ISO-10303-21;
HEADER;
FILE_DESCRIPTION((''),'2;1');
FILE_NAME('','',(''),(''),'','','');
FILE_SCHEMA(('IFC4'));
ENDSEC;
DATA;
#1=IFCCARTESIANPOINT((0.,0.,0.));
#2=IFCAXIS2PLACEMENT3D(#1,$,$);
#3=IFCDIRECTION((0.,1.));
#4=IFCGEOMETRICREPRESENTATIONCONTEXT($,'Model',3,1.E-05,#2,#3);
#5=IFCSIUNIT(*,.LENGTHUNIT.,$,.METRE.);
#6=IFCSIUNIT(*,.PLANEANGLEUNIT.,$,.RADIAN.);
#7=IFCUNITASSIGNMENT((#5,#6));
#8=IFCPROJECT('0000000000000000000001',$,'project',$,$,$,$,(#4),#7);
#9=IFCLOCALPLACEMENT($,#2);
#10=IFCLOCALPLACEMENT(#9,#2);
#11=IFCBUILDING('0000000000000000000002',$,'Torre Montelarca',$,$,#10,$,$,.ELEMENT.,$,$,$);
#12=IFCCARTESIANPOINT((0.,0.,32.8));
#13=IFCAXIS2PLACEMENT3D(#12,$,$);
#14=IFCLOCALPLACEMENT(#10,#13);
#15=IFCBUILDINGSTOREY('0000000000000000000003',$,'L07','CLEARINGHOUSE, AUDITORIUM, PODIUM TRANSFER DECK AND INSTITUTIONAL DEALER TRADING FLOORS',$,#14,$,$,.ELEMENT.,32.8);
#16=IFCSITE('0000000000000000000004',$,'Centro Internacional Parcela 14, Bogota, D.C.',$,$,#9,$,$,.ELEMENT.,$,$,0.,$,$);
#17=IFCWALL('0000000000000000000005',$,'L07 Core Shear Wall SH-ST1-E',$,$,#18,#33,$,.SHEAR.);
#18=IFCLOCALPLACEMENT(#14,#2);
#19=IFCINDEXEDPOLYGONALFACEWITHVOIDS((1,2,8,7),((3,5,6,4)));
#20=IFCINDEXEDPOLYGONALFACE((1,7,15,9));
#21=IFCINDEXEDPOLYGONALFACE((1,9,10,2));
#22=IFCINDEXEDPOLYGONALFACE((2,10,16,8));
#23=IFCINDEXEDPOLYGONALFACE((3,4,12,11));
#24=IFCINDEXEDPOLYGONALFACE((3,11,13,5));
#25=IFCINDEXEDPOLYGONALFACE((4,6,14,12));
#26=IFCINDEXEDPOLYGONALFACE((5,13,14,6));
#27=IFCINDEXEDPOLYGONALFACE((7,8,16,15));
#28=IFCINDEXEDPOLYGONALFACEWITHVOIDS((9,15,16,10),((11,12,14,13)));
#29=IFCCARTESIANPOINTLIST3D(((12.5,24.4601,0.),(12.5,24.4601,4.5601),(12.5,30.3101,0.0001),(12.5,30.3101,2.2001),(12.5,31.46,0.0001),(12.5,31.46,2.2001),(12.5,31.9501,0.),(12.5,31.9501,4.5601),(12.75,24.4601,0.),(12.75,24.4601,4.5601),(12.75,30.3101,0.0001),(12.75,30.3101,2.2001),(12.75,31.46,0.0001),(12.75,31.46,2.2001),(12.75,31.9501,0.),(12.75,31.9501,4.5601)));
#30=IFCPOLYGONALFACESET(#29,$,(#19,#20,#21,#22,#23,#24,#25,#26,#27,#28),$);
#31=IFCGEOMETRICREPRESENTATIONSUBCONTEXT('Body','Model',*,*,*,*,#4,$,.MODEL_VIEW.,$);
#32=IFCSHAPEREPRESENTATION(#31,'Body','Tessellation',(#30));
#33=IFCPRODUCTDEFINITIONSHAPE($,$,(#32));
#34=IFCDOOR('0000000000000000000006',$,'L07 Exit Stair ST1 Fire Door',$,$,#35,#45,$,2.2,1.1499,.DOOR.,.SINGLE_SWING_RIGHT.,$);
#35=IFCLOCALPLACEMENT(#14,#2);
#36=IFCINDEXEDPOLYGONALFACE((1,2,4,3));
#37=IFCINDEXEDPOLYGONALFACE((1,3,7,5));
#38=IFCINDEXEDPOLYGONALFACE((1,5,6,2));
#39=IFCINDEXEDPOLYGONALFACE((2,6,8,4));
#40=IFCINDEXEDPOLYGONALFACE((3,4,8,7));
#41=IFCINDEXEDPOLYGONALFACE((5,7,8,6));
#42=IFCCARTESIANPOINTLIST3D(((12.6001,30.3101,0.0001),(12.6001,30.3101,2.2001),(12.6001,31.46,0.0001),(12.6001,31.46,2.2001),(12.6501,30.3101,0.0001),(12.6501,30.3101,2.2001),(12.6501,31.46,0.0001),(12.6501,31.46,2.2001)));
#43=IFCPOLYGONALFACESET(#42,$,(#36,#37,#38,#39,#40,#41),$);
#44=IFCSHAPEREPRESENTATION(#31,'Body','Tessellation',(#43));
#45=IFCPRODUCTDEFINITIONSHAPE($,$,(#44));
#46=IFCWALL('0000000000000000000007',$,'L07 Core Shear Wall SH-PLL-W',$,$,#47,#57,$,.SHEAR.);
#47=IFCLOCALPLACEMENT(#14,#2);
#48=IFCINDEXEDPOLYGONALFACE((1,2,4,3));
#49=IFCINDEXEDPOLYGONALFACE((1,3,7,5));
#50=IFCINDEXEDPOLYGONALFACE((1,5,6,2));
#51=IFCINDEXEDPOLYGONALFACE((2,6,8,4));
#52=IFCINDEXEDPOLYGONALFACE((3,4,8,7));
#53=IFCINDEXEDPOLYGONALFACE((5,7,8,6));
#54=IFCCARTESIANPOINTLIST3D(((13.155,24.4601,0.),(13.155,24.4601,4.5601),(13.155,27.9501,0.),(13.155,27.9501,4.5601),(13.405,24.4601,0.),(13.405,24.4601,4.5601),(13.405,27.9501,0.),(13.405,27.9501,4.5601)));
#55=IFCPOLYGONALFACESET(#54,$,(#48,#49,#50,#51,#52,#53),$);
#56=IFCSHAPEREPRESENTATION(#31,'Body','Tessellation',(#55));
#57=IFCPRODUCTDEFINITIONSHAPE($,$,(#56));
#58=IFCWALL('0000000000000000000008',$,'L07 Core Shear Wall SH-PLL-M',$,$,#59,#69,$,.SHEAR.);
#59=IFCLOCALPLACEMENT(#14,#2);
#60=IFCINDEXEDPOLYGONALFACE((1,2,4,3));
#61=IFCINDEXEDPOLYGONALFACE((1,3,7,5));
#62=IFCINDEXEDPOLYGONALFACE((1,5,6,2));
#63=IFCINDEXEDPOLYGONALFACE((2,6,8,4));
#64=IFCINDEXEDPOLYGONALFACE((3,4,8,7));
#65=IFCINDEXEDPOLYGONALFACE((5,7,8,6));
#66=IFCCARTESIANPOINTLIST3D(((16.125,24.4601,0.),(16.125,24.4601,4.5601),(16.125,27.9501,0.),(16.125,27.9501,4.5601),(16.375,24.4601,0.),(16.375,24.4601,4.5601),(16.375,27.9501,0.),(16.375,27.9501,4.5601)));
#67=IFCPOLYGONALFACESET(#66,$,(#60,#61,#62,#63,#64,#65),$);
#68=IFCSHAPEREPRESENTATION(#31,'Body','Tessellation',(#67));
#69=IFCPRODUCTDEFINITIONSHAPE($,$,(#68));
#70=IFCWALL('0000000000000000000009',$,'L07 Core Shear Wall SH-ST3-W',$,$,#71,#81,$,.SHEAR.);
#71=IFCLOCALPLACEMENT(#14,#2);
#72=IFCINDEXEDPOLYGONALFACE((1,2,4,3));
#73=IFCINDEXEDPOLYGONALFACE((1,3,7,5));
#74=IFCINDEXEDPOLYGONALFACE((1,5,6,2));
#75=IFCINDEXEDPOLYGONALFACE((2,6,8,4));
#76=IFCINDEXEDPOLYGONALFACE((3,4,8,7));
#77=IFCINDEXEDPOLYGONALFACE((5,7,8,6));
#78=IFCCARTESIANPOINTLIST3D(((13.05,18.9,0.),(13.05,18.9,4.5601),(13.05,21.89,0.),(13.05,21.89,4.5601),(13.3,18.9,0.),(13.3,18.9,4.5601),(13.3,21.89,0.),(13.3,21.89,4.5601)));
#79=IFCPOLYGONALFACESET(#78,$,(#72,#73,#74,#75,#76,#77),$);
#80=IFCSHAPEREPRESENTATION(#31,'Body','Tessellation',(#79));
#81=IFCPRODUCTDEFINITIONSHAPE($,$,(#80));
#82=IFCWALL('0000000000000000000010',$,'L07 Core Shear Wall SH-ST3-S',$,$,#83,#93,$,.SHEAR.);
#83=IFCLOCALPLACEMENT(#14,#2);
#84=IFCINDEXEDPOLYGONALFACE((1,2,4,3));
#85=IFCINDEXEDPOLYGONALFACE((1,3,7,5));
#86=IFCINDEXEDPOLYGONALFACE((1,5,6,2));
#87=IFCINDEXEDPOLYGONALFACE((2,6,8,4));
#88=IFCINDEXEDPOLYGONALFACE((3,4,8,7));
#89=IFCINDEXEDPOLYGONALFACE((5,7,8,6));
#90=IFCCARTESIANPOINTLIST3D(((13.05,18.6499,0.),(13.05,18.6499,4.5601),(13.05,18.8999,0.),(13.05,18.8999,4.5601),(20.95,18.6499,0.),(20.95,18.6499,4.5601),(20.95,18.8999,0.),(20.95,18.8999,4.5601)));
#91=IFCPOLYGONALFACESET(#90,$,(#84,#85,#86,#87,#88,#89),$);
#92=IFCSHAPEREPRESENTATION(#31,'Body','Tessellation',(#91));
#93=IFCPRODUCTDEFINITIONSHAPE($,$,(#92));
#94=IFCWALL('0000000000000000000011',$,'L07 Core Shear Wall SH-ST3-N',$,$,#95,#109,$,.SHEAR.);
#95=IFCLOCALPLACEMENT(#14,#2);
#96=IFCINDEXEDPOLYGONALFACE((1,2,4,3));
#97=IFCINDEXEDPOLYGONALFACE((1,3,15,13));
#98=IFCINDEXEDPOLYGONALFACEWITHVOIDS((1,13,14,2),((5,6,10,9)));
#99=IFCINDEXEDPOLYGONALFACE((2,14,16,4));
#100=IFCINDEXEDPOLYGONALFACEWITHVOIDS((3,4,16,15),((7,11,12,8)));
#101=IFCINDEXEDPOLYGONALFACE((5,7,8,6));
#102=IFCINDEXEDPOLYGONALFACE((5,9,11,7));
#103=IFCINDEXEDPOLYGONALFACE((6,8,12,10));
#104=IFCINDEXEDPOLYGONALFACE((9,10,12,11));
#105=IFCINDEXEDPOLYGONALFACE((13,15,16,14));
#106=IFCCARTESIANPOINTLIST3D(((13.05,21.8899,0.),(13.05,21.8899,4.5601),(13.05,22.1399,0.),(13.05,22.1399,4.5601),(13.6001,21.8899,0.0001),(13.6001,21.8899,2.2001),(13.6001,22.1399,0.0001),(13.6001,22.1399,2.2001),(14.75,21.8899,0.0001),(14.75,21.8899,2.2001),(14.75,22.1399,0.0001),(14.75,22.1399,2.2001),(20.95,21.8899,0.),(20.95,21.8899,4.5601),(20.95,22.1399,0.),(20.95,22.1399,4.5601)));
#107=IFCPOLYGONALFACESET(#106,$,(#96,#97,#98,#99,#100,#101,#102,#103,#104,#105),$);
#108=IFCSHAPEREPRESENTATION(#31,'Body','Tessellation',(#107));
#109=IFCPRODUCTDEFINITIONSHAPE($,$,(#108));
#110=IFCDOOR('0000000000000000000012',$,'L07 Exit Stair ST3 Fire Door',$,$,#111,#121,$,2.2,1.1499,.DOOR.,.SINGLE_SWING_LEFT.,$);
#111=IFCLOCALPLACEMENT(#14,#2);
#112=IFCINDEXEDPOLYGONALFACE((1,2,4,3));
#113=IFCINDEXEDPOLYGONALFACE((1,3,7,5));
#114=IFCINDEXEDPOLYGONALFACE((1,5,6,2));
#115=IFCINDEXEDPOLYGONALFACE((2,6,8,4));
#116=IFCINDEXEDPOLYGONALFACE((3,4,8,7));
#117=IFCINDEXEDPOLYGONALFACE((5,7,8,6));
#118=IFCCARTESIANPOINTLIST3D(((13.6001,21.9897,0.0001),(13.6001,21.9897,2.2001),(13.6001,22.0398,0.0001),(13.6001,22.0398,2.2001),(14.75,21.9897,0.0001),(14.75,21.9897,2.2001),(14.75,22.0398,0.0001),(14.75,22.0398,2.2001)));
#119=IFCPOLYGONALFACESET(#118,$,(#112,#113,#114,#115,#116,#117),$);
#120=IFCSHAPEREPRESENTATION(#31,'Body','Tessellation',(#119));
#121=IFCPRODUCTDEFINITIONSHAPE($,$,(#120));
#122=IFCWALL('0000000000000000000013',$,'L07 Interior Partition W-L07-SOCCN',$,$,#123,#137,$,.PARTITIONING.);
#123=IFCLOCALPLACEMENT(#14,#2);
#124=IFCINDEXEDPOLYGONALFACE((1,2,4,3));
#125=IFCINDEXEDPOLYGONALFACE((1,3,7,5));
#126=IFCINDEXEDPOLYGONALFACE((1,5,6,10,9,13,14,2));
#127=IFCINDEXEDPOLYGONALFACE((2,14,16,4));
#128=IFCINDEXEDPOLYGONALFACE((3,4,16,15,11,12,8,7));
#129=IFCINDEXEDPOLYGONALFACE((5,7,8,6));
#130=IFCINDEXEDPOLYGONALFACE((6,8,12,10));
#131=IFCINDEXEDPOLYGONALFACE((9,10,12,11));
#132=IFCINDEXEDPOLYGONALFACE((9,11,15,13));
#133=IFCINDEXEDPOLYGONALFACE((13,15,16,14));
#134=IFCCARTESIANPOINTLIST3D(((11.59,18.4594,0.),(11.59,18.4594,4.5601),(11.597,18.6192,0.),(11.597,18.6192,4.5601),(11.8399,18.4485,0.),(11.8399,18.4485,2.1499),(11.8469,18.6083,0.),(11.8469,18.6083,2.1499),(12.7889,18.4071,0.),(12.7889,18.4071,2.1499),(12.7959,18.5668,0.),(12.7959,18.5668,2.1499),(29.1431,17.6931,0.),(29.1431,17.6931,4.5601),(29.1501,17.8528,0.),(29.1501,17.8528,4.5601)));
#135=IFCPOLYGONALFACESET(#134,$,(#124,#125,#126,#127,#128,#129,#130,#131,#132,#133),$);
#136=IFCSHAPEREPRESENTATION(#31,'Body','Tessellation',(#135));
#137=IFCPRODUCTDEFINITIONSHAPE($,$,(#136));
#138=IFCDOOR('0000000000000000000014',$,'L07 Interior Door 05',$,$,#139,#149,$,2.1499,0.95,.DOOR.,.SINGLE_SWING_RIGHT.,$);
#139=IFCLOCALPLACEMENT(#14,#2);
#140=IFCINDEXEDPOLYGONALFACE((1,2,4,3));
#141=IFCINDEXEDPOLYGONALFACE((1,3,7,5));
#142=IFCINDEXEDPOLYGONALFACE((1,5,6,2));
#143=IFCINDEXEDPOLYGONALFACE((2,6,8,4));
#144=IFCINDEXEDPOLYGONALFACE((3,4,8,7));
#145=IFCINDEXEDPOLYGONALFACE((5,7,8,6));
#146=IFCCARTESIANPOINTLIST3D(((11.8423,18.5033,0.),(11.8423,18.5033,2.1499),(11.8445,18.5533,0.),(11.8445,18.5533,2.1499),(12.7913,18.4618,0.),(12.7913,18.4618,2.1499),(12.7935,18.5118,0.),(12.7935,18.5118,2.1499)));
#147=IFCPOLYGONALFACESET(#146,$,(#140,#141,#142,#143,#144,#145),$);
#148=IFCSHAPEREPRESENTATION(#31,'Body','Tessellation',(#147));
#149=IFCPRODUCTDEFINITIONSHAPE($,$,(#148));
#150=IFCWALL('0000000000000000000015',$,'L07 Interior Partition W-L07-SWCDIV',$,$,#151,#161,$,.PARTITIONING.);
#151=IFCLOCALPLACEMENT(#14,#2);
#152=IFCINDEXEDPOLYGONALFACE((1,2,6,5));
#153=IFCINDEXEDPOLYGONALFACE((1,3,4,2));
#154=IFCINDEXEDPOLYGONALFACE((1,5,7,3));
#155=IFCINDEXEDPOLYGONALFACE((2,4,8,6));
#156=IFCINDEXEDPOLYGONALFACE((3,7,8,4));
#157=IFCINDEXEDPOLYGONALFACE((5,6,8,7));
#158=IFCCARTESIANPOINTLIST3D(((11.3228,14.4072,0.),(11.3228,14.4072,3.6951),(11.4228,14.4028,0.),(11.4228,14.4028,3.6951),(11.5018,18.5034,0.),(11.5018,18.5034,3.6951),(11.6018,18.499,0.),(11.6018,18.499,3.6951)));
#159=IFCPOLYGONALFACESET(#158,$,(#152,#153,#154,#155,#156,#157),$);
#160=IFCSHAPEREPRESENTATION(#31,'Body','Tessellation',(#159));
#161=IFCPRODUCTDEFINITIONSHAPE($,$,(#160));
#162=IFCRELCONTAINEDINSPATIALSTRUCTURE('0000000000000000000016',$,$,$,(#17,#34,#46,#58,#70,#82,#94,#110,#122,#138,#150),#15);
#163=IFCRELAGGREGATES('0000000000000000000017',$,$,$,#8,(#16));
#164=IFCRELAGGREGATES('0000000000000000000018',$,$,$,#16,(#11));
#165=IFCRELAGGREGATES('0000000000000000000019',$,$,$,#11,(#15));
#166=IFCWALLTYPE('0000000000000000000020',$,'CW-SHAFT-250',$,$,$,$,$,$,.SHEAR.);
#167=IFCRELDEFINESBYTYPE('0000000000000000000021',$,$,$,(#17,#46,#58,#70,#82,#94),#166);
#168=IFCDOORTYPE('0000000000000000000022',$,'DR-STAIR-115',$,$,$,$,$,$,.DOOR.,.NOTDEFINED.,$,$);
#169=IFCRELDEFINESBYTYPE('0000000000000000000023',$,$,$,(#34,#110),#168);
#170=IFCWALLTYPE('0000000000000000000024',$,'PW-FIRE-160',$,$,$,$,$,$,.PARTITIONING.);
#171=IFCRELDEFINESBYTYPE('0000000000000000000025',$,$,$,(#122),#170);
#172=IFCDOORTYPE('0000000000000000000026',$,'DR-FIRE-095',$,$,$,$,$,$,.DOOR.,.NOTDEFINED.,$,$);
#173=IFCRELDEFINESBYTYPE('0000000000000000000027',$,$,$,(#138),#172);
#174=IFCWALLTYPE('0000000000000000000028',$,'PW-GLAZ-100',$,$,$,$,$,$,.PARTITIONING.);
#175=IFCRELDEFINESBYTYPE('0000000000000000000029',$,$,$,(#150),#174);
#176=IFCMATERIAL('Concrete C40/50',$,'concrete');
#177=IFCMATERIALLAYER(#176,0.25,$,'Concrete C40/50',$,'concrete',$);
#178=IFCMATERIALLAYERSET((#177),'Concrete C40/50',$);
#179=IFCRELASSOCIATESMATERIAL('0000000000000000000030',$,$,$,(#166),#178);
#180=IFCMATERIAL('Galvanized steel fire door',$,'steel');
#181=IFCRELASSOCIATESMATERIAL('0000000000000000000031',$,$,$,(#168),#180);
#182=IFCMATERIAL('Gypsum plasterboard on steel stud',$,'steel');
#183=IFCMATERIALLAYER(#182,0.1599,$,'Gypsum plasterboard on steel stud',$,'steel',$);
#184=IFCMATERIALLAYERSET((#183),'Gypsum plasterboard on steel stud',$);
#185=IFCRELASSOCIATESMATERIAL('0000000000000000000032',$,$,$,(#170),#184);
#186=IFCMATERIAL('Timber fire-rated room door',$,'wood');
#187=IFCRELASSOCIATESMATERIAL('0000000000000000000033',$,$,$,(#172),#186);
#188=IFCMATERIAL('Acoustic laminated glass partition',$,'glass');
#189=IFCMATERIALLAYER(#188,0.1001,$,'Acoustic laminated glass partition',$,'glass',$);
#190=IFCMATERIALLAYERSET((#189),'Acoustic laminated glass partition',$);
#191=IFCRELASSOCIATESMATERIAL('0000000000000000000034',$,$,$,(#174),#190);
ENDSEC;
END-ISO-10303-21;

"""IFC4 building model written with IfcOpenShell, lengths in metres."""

from ifc_helpers import new_model, si_unit, direction, frame, frame_2d, origin, place, context, subcontext, project, spatial, rectangle, extrude, source, transform, mapped, material, layer, layer_set, type_object, element, fill, save


model = new_model("IFC4")

# Units and contexts
model_context = context("Model", 3, precision=1e-05, world=origin(), true_north=direction((0.0, 1.0)))
body_context = subcontext(model_context, "Body", "Model", "MODEL_VIEW")
ifc_project = project(units=[si_unit("LENGTHUNIT", "METRE"), si_unit("PLANEANGLEUNIT", "RADIAN")], contexts=[model_context])

# Site, building, storey
site_placement = place(None, origin())
site = spatial("IfcSite", under=ifc_project, at=site_placement, Name="Centro Internacional Parcela 14, Bogota, D.C.", CompositionType="ELEMENT", RefElevation=0.0)
building_placement = place(site_placement, origin())
building = spatial("IfcBuilding", under=site, at=building_placement, Name="Torre Montelarca", CompositionType="ELEMENT")
storey_placement = place(building_placement, frame((0.0, 0.0, 32.8)))
storey = spatial("IfcBuildingStorey", under=building, at=storey_placement, Name="L07", Description="CLEARINGHOUSE, AUDITORIUM, PODIUM TRANSFER DECK AND INSTITUTIONAL DEALER TRADING FLOORS", CompositionType="ELEMENT", Elevation=32.8)

# Wall, opening, door
ifc_material_1 = material(Name="Concrete C40/50", Category="concrete")
ifc_layer_1 = layer(ifc_material_1, 0.25, Name="Concrete C40/50", Category="concrete")
ifc_layer_set_1 = layer_set([ifc_layer_1], Name="Concrete C40/50")
wall_type_1 = type_object("IfcWallType", Name="CW-SHAFT-250", PredefinedType="SHEAR", material=ifc_layer_set_1)
wall_1_placement = place(storey_placement, frame((12.625, 24.46, 0.0), z_axis=(0.0, 0.0, 1.0), x_axis=(0.0, 1.0, 0.0)))
wall_1 = element("IfcWall", 1, at=wall_1_placement, inside=storey, type_object=wall_type_1, Name="L07 Core Shear Wall SH-ST1-E", PredefinedType="SHEAR", context=body_context, shape_type="SweptSolid", body=[
    extrude(rectangle(XDim=7.49, YDim=0.25, at=frame_2d((3.7451, 0.0))), origin(), (0.0, 0.0, 1.0), 4.5601),
])
opening_1_placement = place(wall_1_placement, frame((5.8501, 0.0, 0.0)))
opening_1 = element("IfcOpeningElement", 2, at=opening_1_placement, cuts=wall_1, PredefinedType="OPENING", context=body_context, shape_type="SweptSolid", body=[
    extrude(rectangle(XDim=1.1499, YDim=2.2, at=frame_2d((0.575, 1.1001))), frame((0.0, 0.135, 0.0), z_axis=(0.0, -1.0, 0.0), x_axis=(1.0, 0.0, 0.0)), (0.0, 0.0, 1.0), 0.27),
])
ifc_material_2 = material(Name="Galvanized steel fire door", Category="steel")
door_type_1 = type_object("IfcDoorType", Name="DR-STAIR-115", OperationType="NOTDEFINED", PredefinedType="DOOR", material=ifc_material_2)
shared_shape_1 = source(origin(), body_context, "Body", "SweptSolid", [
    extrude(rectangle(XDim=1.1499, YDim=2.2, at=frame_2d((0.575, 1.1001))), frame((0.0, 0.0249, 0.0), z_axis=(0.0, -1.0, 0.0), x_axis=(1.0, 0.0, 0.0)), (0.0, 0.0, 1.0), 0.05),
])
door_1_placement = place(opening_1_placement, origin())
door_1 = element("IfcDoor", 3, at=door_1_placement, inside=storey, type_object=door_type_1, Name="L07 Exit Stair ST1 Fire Door", OperationType="SINGLE_SWING_RIGHT", OverallHeight=2.2, OverallWidth=1.1499, PredefinedType="DOOR", context=body_context, shape_type="MappedRepresentation", body=[
    mapped(shared_shape_1, transform((0.0, 0.0, 0.0), scale=1.0)),
])
fill(opening_1, door_1)

# Walls
for number, where, z_axis, x_axis, name in (
    (4, (13.28, 24.46, 0.0), (0.0, 0.0, 1.0), (0.0, 1.0, 0.0), "L07 Core Shear Wall SH-PLL-W"),
    (5, (16.25, 24.46, 0.0), (0.0, 0.0, 1.0), (0.0, 1.0, 0.0), "L07 Core Shear Wall SH-PLL-M"),
):
    element("IfcWall", number, at=place(storey_placement, frame(where, z_axis=z_axis, x_axis=x_axis)), inside=storey, type_object=wall_type_1, Name=name, PredefinedType="SHEAR", context=body_context, shape_type="SweptSolid", body=[
        extrude(rectangle(XDim=3.49, YDim=0.25, at=frame_2d((1.7451, 0.0))), origin(), (0.0, 0.0, 1.0), 4.5601),
    ])
wall_2_placement = place(storey_placement, frame((13.175, 18.8999, 0.0), z_axis=(0.0, 0.0, 1.0), x_axis=(0.0, 1.0, 0.0)))
element("IfcWall", 6, at=wall_2_placement, inside=storey, type_object=wall_type_1, Name="L07 Core Shear Wall SH-ST3-W", PredefinedType="SHEAR", context=body_context, shape_type="SweptSolid", body=[
    extrude(rectangle(XDim=2.99, YDim=0.25, at=frame_2d((1.4951, 0.0))), origin(), (0.0, 0.0, 1.0), 4.5601),
])
wall_3_placement = place(storey_placement, frame((13.05, 18.7749, 0.0), z_axis=(0.0, 0.0, 1.0), x_axis=(1.0, 0.0, 0.0)))
element("IfcWall", 7, at=wall_3_placement, inside=storey, type_object=wall_type_1, Name="L07 Core Shear Wall SH-ST3-S", PredefinedType="SHEAR", context=body_context, shape_type="SweptSolid", body=[
    extrude(rectangle(XDim=7.8999, YDim=0.25, at=frame_2d((3.95, 0.0))), origin(), (0.0, 0.0, 1.0), 4.5601),
])

# Walls, openings, doors
wall_4_placement = place(storey_placement, frame((13.05, 22.0149, 0.0), z_axis=(0.0, 0.0, 1.0), x_axis=(1.0, 0.0, 0.0)))
wall_4 = element("IfcWall", 8, at=wall_4_placement, inside=storey, type_object=wall_type_1, Name="L07 Core Shear Wall SH-ST3-N", PredefinedType="SHEAR", context=body_context, shape_type="SweptSolid", body=[
    extrude(rectangle(XDim=7.8999, YDim=0.25, at=frame_2d((3.95, 0.0))), origin(), (0.0, 0.0, 1.0), 4.5601),
])
opening_2_placement = place(wall_4_placement, frame((0.55, 0.0, 0.0)))
opening_2 = element("IfcOpeningElement", 9, at=opening_2_placement, cuts=wall_4, PredefinedType="OPENING", context=body_context, shape_type="SweptSolid", body=[
    extrude(rectangle(XDim=1.1499, YDim=2.2, at=frame_2d((0.575, 1.1001))), frame((0.0, 0.135, 0.0), z_axis=(0.0, -1.0, 0.0), x_axis=(1.0, 0.0, 0.0)), (0.0, 0.0, 1.0), 0.27),
])
door_2_placement = place(opening_2_placement, origin())
door_2 = element("IfcDoor", 10, at=door_2_placement, inside=storey, type_object=door_type_1, Name="L07 Exit Stair ST3 Fire Door", OperationType="SINGLE_SWING_LEFT", OverallHeight=2.2, OverallWidth=1.1499, PredefinedType="DOOR", context=body_context, shape_type="MappedRepresentation", body=[
    mapped(shared_shape_1, transform((0.0, 0.0, 0.0), scale=1.0)),
])
fill(opening_2, door_2)
ifc_material_3 = material(Name="Gypsum plasterboard on steel stud", Category="steel")
ifc_layer_2 = layer(ifc_material_3, 0.1599, Name="Gypsum plasterboard on steel stud", Category="steel")
ifc_layer_set_2 = layer_set([ifc_layer_2], Name="Gypsum plasterboard on steel stud")
wall_type_2 = type_object("IfcWallType", Name="PW-FIRE-160", PredefinedType="PARTITIONING", material=ifc_layer_set_2)
wall_5_placement = place(storey_placement, frame((11.5935, 18.5393, 0.0), z_axis=(0.0, 0.0, 1.0), x_axis=(0.999048, -0.043618, 0.0)))
wall_5 = element("IfcWall", 11, at=wall_5_placement, inside=storey, type_object=wall_type_2, Name="L07 Interior Partition W-L07-SOCCN", PredefinedType="PARTITIONING", context=body_context, shape_type="SweptSolid", body=[
    extrude(rectangle(XDim=17.5698, YDim=0.1599, at=frame_2d((8.7849, 0.0))), origin(), (0.0, 0.0, 1.0), 4.5601),
])
opening_3_placement = place(wall_5_placement, frame((0.25, 0.0, 0.0)))
opening_3 = element("IfcOpeningElement", 12, at=opening_3_placement, cuts=wall_5, PredefinedType="OPENING", context=body_context, shape_type="SweptSolid", body=[
    extrude(rectangle(XDim=0.95, YDim=2.1499, at=frame_2d((0.4751, 1.075))), frame((0.0, 0.0898, 0.0), z_axis=(0.0, -1.0, 0.0), x_axis=(1.0, 0.0, 0.0)), (0.0, 0.0, 1.0), 0.1799),
])
ifc_material_4 = material(Name="Timber fire-rated room door", Category="wood")
door_type_2 = type_object("IfcDoorType", Name="DR-FIRE-095", OperationType="NOTDEFINED", PredefinedType="DOOR", material=ifc_material_4)
shared_shape_2 = source(origin(), body_context, "Body", "SweptSolid", [
    extrude(rectangle(XDim=0.95, YDim=2.1499, at=frame_2d((0.4751, 1.075))), frame((0.0, 0.0249, 0.0), z_axis=(0.0, -1.0, 0.0), x_axis=(1.0, 0.0, 0.0)), (0.0, 0.0, 1.0), 0.05),
])
door_3_placement = place(opening_3_placement, origin())
door_3 = element("IfcDoor", 13, at=door_3_placement, inside=storey, type_object=door_type_2, Name="L07 Interior Door 05", OperationType="SINGLE_SWING_RIGHT", OverallHeight=2.1499, OverallWidth=0.95, PredefinedType="DOOR", context=body_context, shape_type="MappedRepresentation", body=[
    mapped(shared_shape_2, transform((0.0, 0.0, 0.0), scale=1.0)),
])
fill(opening_3, door_3)

# Wall
ifc_material_5 = material(Name="Acoustic laminated glass partition", Category="glass")
ifc_layer_3 = layer(ifc_material_5, 0.1001, Name="Acoustic laminated glass partition", Category="glass")
ifc_layer_set_3 = layer_set([ifc_layer_3], Name="Acoustic laminated glass partition")
wall_type_3 = type_object("IfcWallType", Name="PW-GLAZ-100", PredefinedType="PARTITIONING", material=ifc_layer_set_3)
wall_6_placement = place(storey_placement, frame((11.3728, 14.405, 0.0), z_axis=(0.0, 0.0, 1.0), x_axis=(0.043647, 0.999047, 0.0)))
element("IfcWall", 14, at=wall_6_placement, inside=storey, type_object=wall_type_3, Name="L07 Interior Partition W-L07-SWCDIV", PredefinedType="PARTITIONING", context=body_context, shape_type="SweptSolid", body=[
    extrude(rectangle(XDim=4.1001, YDim=0.1001, at=frame_2d((2.05, 0.0))), origin(), (0.0, 0.0, 1.0), 3.6951),
])

save(model, "model.ifc")
